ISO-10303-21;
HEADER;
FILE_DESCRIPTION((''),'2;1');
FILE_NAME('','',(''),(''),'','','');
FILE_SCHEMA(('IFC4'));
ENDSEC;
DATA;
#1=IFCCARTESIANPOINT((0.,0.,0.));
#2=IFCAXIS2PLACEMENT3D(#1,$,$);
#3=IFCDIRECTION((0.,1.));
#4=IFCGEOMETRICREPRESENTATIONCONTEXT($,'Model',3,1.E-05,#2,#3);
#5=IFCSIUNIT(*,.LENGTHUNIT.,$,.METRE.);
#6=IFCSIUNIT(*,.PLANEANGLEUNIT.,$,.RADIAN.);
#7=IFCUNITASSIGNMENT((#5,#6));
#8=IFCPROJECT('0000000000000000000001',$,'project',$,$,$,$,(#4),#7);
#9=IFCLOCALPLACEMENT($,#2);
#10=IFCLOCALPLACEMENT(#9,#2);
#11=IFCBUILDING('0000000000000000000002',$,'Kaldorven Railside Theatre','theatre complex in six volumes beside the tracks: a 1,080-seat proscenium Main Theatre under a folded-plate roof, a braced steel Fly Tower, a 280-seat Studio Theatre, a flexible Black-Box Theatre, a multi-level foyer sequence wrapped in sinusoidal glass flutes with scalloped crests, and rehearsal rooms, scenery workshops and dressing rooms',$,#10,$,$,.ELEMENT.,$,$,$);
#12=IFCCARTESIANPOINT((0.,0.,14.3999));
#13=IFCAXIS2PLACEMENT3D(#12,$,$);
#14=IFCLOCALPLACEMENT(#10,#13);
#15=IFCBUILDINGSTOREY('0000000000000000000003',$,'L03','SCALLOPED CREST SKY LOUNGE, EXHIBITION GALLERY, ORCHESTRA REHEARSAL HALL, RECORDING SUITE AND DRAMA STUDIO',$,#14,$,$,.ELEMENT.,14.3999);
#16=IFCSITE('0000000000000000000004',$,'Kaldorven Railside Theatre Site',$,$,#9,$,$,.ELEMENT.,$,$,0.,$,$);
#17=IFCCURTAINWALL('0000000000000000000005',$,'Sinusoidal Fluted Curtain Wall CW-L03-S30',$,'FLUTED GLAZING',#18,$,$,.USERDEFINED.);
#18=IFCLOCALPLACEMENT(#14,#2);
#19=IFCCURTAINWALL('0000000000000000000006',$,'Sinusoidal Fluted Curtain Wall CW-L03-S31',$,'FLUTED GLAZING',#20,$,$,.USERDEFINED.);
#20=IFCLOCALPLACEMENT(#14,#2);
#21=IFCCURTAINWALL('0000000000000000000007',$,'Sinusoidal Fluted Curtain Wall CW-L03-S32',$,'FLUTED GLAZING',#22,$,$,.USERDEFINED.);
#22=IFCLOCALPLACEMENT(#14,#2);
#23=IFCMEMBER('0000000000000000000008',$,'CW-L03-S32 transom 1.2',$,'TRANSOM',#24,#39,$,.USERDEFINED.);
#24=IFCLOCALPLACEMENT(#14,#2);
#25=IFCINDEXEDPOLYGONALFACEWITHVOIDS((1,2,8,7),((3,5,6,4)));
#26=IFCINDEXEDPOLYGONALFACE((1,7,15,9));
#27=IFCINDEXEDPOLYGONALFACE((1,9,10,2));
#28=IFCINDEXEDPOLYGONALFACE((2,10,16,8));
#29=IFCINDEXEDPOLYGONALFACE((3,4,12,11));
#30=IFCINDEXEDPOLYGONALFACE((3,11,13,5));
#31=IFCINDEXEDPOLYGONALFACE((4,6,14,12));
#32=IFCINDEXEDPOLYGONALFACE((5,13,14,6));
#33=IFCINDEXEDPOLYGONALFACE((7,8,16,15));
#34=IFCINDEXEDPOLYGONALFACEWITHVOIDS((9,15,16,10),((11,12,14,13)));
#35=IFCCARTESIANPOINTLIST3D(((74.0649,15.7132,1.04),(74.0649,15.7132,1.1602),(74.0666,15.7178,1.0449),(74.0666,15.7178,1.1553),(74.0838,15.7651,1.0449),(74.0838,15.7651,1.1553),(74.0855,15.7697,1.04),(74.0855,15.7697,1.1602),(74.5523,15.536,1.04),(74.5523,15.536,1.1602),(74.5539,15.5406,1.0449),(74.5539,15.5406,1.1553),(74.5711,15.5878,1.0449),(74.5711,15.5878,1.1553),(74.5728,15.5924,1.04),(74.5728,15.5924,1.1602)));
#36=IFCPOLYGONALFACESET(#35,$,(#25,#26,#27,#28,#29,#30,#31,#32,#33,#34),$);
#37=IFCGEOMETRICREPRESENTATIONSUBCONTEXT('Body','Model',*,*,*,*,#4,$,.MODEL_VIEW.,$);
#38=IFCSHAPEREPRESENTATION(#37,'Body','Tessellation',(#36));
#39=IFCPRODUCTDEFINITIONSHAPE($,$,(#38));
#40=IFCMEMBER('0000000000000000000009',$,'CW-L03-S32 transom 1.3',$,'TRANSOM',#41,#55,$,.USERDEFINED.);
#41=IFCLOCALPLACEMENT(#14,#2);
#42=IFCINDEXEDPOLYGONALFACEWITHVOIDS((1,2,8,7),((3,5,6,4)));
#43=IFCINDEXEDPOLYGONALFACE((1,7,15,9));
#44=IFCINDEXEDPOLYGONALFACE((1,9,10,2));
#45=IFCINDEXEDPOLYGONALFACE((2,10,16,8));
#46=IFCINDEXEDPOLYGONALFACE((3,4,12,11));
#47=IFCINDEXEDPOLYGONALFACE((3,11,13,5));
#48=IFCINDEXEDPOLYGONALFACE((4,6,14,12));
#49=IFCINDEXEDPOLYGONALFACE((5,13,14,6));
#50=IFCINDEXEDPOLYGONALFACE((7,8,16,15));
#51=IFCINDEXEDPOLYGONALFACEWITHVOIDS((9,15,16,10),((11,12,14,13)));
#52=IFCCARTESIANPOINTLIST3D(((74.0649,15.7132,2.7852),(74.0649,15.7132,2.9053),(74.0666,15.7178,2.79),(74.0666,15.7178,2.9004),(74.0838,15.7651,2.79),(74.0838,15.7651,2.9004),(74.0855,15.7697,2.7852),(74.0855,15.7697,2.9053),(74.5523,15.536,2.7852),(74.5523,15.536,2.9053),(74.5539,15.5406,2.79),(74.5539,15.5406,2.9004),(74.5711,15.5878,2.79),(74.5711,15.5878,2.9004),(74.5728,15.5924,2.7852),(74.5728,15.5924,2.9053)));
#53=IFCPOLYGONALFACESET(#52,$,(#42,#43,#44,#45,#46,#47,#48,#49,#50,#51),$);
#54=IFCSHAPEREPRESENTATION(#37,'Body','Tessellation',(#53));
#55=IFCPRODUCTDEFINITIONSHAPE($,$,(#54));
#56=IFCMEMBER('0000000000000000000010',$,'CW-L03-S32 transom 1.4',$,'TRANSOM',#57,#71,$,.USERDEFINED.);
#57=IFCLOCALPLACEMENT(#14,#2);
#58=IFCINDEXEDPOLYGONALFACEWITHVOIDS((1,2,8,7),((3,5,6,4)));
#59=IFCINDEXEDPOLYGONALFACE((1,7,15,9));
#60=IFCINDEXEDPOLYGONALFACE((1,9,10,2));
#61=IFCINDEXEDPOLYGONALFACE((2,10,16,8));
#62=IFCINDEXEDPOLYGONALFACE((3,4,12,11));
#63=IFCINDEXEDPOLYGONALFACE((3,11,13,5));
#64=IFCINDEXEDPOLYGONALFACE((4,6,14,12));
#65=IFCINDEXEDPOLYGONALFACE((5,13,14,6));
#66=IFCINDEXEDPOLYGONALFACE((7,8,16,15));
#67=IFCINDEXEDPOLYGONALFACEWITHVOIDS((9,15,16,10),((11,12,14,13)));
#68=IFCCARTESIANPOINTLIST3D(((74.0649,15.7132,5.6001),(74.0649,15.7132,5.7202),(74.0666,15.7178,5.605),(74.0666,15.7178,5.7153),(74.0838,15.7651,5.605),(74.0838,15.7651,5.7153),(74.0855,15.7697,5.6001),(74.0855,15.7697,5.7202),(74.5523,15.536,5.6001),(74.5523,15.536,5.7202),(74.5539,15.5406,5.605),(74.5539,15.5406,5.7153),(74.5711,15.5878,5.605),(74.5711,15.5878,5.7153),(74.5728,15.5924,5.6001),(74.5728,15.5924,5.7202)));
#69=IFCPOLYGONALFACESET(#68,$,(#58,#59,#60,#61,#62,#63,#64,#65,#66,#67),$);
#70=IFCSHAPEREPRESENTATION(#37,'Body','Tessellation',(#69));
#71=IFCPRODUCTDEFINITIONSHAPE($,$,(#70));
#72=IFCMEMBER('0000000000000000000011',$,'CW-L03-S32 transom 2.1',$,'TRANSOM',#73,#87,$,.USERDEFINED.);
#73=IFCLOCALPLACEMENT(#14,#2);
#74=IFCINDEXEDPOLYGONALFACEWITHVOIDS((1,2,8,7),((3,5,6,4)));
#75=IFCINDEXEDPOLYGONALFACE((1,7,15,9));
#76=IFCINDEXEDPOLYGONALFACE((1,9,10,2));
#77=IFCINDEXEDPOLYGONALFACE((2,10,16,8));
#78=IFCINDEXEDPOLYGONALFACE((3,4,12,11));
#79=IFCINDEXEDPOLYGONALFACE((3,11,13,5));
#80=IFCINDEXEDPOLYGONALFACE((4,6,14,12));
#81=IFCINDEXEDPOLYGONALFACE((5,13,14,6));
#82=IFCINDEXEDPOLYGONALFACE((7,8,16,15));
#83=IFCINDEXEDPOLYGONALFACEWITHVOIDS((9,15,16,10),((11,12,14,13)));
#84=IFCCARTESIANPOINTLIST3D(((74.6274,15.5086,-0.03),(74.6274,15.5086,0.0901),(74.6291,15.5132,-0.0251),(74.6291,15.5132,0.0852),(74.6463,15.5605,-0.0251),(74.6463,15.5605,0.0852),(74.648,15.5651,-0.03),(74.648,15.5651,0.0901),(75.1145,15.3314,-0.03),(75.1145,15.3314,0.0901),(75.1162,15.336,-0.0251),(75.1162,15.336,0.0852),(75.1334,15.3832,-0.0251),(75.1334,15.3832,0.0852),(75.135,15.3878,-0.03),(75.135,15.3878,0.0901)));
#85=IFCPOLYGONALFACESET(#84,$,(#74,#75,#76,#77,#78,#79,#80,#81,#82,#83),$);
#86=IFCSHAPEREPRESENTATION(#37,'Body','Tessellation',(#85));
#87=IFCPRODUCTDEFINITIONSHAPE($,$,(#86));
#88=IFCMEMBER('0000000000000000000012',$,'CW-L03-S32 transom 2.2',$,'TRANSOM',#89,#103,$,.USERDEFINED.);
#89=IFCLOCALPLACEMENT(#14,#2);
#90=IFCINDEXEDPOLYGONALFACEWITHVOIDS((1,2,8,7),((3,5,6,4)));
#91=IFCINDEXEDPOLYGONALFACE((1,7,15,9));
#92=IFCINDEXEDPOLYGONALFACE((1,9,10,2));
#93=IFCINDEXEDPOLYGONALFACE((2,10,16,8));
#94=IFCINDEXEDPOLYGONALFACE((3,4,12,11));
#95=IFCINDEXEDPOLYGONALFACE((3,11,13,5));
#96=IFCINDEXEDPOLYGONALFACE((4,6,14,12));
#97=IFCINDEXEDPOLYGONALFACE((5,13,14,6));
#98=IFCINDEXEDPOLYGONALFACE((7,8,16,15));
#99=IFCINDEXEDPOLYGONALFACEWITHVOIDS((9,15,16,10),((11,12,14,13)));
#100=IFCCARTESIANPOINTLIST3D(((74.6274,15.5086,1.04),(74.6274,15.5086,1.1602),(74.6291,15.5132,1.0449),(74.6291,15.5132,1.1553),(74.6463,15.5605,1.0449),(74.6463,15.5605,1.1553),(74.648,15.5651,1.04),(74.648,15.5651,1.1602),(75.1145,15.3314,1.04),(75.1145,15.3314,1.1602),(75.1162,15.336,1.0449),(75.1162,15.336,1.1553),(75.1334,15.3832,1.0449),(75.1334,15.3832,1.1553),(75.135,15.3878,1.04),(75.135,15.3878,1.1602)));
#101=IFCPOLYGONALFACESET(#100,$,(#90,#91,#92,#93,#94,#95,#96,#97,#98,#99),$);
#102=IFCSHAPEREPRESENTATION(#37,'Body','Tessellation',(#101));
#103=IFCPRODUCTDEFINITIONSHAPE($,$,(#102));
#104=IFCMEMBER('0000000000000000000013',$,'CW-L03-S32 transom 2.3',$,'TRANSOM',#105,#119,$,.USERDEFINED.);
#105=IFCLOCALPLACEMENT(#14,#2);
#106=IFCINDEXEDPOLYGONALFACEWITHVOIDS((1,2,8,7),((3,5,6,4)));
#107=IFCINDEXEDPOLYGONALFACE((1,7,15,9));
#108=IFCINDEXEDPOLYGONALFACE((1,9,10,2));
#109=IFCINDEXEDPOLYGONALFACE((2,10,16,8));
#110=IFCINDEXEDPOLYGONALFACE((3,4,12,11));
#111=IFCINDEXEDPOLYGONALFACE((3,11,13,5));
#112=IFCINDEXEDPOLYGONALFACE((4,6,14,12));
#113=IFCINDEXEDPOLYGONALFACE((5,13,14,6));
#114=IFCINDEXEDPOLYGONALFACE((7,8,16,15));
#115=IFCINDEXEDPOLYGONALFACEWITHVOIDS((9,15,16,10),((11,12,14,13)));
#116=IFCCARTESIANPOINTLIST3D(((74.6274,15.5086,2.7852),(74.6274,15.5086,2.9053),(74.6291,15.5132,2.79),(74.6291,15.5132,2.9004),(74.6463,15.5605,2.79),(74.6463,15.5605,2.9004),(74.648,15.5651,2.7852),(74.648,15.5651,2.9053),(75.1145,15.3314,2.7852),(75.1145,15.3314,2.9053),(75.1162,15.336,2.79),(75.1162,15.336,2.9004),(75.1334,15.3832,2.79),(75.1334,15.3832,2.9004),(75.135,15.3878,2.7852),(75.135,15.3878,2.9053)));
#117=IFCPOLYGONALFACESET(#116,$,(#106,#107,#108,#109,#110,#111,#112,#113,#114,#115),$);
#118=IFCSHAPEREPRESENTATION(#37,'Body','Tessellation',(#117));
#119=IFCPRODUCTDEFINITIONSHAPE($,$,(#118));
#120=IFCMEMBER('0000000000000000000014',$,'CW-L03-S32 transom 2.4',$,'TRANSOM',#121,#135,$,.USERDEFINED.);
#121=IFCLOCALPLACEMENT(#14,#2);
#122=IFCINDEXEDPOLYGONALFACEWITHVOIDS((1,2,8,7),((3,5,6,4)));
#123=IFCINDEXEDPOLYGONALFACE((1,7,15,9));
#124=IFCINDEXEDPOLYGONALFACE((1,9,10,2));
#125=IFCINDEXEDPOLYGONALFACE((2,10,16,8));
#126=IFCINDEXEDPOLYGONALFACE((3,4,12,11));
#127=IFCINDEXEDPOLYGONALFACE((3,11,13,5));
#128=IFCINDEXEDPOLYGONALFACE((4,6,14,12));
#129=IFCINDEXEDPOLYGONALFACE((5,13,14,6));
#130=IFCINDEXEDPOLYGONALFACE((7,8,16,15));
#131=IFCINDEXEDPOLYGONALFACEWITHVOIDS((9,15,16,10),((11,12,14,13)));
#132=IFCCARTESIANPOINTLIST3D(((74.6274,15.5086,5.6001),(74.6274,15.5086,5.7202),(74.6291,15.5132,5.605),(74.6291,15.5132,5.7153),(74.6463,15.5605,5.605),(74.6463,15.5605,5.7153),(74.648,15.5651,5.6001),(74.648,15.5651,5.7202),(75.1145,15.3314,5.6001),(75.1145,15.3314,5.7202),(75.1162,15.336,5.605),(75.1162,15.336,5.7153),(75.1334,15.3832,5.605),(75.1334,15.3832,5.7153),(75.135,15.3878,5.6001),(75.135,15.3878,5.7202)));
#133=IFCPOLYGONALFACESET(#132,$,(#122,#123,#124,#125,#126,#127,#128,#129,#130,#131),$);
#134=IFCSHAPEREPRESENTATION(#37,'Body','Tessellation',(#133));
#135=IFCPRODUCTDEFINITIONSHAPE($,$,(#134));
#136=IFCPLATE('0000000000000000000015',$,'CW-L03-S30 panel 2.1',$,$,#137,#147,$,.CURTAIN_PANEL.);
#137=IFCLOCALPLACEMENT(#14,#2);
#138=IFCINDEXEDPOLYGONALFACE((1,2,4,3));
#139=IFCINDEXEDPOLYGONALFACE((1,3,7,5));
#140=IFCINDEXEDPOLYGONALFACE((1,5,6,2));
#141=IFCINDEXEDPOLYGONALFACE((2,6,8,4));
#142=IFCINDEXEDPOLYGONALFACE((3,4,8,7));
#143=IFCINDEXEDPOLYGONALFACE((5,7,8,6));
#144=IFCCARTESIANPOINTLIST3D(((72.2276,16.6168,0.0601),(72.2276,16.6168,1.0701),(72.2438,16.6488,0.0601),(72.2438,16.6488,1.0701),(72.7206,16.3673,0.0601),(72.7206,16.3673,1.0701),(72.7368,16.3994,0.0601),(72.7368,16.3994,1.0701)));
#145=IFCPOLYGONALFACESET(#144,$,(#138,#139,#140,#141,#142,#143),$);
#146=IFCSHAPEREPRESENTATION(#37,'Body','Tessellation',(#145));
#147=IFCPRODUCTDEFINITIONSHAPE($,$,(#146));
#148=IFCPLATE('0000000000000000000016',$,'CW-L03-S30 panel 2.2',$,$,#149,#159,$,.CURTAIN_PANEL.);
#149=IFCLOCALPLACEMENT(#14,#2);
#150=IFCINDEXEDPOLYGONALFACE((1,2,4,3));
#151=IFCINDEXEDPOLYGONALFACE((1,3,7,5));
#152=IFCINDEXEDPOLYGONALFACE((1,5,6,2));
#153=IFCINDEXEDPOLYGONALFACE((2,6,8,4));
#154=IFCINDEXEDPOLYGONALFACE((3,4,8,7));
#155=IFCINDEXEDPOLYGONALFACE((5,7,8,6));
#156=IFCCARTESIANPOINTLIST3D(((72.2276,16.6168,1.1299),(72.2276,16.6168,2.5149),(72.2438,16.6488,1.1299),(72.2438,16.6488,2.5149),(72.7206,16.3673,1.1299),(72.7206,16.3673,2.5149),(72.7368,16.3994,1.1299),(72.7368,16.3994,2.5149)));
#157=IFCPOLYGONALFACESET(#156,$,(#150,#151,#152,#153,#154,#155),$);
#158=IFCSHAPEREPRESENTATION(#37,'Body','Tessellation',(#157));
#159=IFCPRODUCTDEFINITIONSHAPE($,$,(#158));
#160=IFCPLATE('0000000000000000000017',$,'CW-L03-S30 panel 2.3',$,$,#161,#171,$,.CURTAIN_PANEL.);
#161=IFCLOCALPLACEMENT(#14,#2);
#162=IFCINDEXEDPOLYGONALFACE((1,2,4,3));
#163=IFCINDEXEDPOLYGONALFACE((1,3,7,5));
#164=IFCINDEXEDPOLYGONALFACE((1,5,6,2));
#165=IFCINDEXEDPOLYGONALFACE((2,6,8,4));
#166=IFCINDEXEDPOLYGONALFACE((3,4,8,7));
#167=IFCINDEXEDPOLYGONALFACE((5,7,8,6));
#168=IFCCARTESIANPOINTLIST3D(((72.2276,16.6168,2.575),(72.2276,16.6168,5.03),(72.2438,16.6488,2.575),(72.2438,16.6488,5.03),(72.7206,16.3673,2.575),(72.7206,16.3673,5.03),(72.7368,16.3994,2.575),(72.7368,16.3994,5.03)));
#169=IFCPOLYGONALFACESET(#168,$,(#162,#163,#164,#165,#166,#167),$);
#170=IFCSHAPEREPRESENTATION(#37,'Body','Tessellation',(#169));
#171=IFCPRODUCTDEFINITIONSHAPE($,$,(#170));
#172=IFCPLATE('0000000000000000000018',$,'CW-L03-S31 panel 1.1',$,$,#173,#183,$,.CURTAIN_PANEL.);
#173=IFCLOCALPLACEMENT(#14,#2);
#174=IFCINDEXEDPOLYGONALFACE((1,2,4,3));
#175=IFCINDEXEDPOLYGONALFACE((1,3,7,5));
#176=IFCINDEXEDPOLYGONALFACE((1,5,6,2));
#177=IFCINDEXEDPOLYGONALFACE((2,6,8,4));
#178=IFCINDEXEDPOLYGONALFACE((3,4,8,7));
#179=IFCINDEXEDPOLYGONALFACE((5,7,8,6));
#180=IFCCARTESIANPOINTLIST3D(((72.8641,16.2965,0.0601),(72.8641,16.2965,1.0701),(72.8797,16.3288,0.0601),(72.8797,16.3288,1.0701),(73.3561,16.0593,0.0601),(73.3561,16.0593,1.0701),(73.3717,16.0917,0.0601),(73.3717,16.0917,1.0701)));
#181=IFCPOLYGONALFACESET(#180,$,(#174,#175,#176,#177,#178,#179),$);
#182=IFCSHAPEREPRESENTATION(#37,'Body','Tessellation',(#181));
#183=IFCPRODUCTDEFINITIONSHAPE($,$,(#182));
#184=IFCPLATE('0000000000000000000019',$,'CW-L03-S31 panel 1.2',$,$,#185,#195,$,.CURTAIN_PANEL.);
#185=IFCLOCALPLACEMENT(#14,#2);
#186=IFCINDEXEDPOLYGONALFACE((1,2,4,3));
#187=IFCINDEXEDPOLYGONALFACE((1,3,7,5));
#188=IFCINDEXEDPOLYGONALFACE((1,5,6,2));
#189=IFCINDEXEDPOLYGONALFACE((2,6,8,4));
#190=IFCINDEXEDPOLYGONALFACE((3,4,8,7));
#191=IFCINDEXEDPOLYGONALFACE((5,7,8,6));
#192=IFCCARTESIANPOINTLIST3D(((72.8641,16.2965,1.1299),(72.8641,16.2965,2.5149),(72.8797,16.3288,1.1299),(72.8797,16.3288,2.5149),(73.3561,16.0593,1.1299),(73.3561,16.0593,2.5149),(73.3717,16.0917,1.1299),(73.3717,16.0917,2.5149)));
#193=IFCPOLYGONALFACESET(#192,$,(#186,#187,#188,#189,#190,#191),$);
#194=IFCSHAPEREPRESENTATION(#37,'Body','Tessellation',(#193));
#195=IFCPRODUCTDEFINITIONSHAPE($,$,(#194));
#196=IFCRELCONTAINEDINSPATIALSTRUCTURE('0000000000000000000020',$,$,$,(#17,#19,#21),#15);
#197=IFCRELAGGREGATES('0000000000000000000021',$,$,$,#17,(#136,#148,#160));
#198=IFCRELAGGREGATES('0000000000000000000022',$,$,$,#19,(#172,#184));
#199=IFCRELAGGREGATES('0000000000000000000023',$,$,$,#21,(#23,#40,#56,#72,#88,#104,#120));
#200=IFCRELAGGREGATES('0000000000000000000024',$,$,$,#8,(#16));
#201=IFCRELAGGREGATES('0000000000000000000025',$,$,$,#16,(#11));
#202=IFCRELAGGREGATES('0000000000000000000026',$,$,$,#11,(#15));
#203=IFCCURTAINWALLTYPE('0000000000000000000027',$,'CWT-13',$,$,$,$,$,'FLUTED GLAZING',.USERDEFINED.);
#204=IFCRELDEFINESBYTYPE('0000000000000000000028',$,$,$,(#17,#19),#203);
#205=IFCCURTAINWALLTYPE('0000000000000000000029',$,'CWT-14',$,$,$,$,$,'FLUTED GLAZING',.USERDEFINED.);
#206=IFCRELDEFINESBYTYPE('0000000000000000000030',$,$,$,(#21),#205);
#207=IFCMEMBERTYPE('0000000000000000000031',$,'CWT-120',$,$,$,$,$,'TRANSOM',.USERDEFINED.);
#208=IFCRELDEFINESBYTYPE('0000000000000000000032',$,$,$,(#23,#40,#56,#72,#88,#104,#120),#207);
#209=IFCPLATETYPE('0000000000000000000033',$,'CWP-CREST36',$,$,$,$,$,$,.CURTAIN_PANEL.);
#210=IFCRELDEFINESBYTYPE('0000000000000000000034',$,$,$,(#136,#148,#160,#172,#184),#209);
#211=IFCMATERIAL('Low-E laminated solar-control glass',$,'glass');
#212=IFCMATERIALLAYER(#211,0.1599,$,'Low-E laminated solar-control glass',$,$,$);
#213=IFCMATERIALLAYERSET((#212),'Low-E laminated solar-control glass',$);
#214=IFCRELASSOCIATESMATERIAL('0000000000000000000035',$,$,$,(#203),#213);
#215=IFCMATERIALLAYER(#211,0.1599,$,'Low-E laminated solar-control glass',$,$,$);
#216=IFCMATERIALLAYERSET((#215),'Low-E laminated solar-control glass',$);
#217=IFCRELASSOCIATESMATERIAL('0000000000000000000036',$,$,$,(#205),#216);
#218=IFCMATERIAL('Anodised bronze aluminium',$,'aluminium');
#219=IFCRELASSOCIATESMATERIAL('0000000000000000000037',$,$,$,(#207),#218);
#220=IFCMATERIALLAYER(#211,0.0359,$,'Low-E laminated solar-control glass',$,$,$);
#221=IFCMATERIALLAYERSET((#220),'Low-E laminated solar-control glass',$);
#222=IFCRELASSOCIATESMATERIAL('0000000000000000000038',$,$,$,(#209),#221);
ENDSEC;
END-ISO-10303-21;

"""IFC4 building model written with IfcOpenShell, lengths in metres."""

from ifc_helpers import new_model, si_unit, direction, frame, origin, origin_2d, place, context, subcontext, project, spatial, rectangle, hollow_rectangle, extrude, material, layer, layer_set, material_profile, profile_set, type_object, element, aggregate, save


model = new_model("IFC4")

# Units and contexts
model_context = context("Model", 3, precision=1e-05, world=origin(), true_north=direction((0.0, 1.0)))
body_context = subcontext(model_context, "Body", "Model", "MODEL_VIEW")
ifc_project = project(units=[si_unit("LENGTHUNIT", "METRE"), si_unit("PLANEANGLEUNIT", "RADIAN")], contexts=[model_context])

# Site, building, storey
site_placement = place(None, origin())
site = spatial("IfcSite", under=ifc_project, at=site_placement, Name="Kaldorven Railside Theatre Site", CompositionType="ELEMENT", RefElevation=0.0)
building_placement = place(site_placement, origin())
building = spatial("IfcBuilding", under=site, at=building_placement, Name="Kaldorven Railside Theatre", Description="theatre complex in six volumes beside the tracks: a 1,080-seat proscenium Main Theatre under a folded-plate roof, a braced steel Fly Tower, a 280-seat Studio Theatre, a flexible Black-Box Theatre, a multi-level foyer sequence wrapped in sinusoidal glass flutes with scalloped crests, and rehearsal rooms, scenery workshops and dressing rooms", CompositionType="ELEMENT")
storey_placement = place(building_placement, frame((0.0, 0.0, 14.3999)))
storey = spatial("IfcBuildingStorey", under=building, at=storey_placement, Name="L03", Description="SCALLOPED CREST SKY LOUNGE, EXHIBITION GALLERY, ORCHESTRA REHEARSAL HALL, RECORDING SUITE AND DRAMA STUDIO", CompositionType="ELEMENT", Elevation=14.3999)

# Curtain wall
ifc_material_1 = material(Name="Low-E laminated solar-control glass", Category="glass")
ifc_layer_1 = layer(ifc_material_1, 0.1599, Name="Low-E laminated solar-control glass")
ifc_layer_set_1 = layer_set([ifc_layer_1], Name="Low-E laminated solar-control glass")
curtain_wall_type_1 = type_object("IfcCurtainWallType", Name="CWT-13", ElementType="FLUTED GLAZING", PredefinedType="USERDEFINED", material=ifc_layer_set_1)
curtain_wall_1_placement = place(storey_placement, origin())
curtain_wall_1 = element("IfcCurtainWall", 1, at=curtain_wall_1_placement, inside=storey, type_object=curtain_wall_type_1, Name="Sinusoidal Fluted Curtain Wall CW-L03-S30", ObjectType="FLUTED GLAZING", PredefinedType="USERDEFINED")
ifc_material_2 = material(Name="Anodised bronze aluminium", Category="aluminium")

# Curtain walls
curtain_wall_2_placement = place(storey_placement, origin())
curtain_wall_2 = element("IfcCurtainWall", 2, at=curtain_wall_2_placement, inside=storey, type_object=curtain_wall_type_1, Name="Sinusoidal Fluted Curtain Wall CW-L03-S31", ObjectType="FLUTED GLAZING", PredefinedType="USERDEFINED")
ifc_layer_2 = layer(ifc_material_1, 0.1599, Name="Low-E laminated solar-control glass")
ifc_layer_set_2 = layer_set([ifc_layer_2], Name="Low-E laminated solar-control glass")
curtain_wall_type_2 = type_object("IfcCurtainWallType", Name="CWT-14", ElementType="FLUTED GLAZING", PredefinedType="USERDEFINED", material=ifc_layer_set_2)
curtain_wall_3_placement = place(storey_placement, origin())
curtain_wall_3 = element("IfcCurtainWall", 3, at=curtain_wall_3_placement, inside=storey, type_object=curtain_wall_type_2, Name="Sinusoidal Fluted Curtain Wall CW-L03-S32", ObjectType="FLUTED GLAZING", PredefinedType="USERDEFINED")

# Members
ifc_material_profile_1 = material_profile(ifc_material_2, hollow_rectangle(XDim=0.0601, YDim=0.1201, WallThickness=0.0049, at=origin_2d()), Name="RHS 120x60x5")
ifc_profile_set_1 = profile_set([ifc_material_profile_1], Name="Anodised bronze aluminium")
member_type_1 = type_object("IfcMemberType", Name="CWT-120", ElementType="TRANSOM", PredefinedType="USERDEFINED", material=ifc_profile_set_1)
member_1_placement = place(storey_placement, frame((74.0752, 15.7415, 1.1001), z_axis=(0.939766, -0.341819, 0.0), x_axis=(0.341819, 0.939766, 0.0)))
member_1 = element("IfcMember", 4, at=member_1_placement, type_object=member_type_1, Name="CW-L03-S32 transom 1.2", ObjectType="TRANSOM", PredefinedType="USERDEFINED", context=body_context, shape_type="SweptSolid", body=[
    extrude(hollow_rectangle(XDim=0.0601, YDim=0.1201, WallThickness=0.0049, at=origin_2d()), origin(), (0.0, 0.0, 1.0), 0.5186),
])
member_2_placement = place(storey_placement, frame((74.0752, 15.7415, 2.8452), z_axis=(0.939766, -0.341819, 0.0), x_axis=(0.341819, 0.939766, 0.0)))
member_2 = element("IfcMember", 5, at=member_2_placement, type_object=member_type_1, Name="CW-L03-S32 transom 1.3", ObjectType="TRANSOM", PredefinedType="USERDEFINED", context=body_context, shape_type="SweptSolid", body=[
    extrude(hollow_rectangle(XDim=0.0601, YDim=0.1201, WallThickness=0.0049, at=origin_2d()), origin(), (0.0, 0.0, 1.0), 0.5186),
])
member_3_placement = place(storey_placement, frame((74.0752, 15.7415, 5.6602), z_axis=(0.939766, -0.341819, 0.0), x_axis=(0.341819, 0.939766, 0.0)))
member_3 = element("IfcMember", 6, at=member_3_placement, type_object=member_type_1, Name="CW-L03-S32 transom 1.4", ObjectType="TRANSOM", PredefinedType="USERDEFINED", context=body_context, shape_type="SweptSolid", body=[
    extrude(hollow_rectangle(XDim=0.0601, YDim=0.1201, WallThickness=0.0049, at=origin_2d()), origin(), (0.0, 0.0, 1.0), 0.5186),
])
member_4_placement = place(storey_placement, frame((74.6377, 15.5369, 0.03), z_axis=(0.939711, -0.34197, 0.0), x_axis=(0.34197, 0.939711, 0.0)))
member_4 = element("IfcMember", 7, at=member_4_placement, type_object=member_type_1, Name="CW-L03-S32 transom 2.1", ObjectType="TRANSOM", PredefinedType="USERDEFINED", context=body_context, shape_type="SweptSolid", body=[
    extrude(hollow_rectangle(XDim=0.0601, YDim=0.1201, WallThickness=0.0049, at=origin_2d()), origin(), (0.0, 0.0, 1.0), 0.5183),
])
member_5_placement = place(storey_placement, frame((74.6377, 15.5369, 1.1001), z_axis=(0.939711, -0.34197, 0.0), x_axis=(0.34197, 0.939711, 0.0)))
member_5 = element("IfcMember", 8, at=member_5_placement, type_object=member_type_1, Name="CW-L03-S32 transom 2.2", ObjectType="TRANSOM", PredefinedType="USERDEFINED", context=body_context, shape_type="SweptSolid", body=[
    extrude(hollow_rectangle(XDim=0.0601, YDim=0.1201, WallThickness=0.0049, at=origin_2d()), origin(), (0.0, 0.0, 1.0), 0.5183),
])
member_6_placement = place(storey_placement, frame((74.6377, 15.5369, 2.8452), z_axis=(0.939711, -0.34197, 0.0), x_axis=(0.34197, 0.939711, 0.0)))
member_6 = element("IfcMember", 9, at=member_6_placement, type_object=member_type_1, Name="CW-L03-S32 transom 2.3", ObjectType="TRANSOM", PredefinedType="USERDEFINED", context=body_context, shape_type="SweptSolid", body=[
    extrude(hollow_rectangle(XDim=0.0601, YDim=0.1201, WallThickness=0.0049, at=origin_2d()), origin(), (0.0, 0.0, 1.0), 0.5183),
])
member_7_placement = place(storey_placement, frame((74.6377, 15.5369, 5.6602), z_axis=(0.939711, -0.34197, 0.0), x_axis=(0.34197, 0.939711, 0.0)))
member_7 = element("IfcMember", 10, at=member_7_placement, type_object=member_type_1, Name="CW-L03-S32 transom 2.4", ObjectType="TRANSOM", PredefinedType="USERDEFINED", context=body_context, shape_type="SweptSolid", body=[
    extrude(hollow_rectangle(XDim=0.0601, YDim=0.1201, WallThickness=0.0049, at=origin_2d()), origin(), (0.0, 0.0, 1.0), 0.5183),
])

# Plates
ifc_layer_3 = layer(ifc_material_1, 0.0359, Name="Low-E laminated solar-control glass")
ifc_layer_set_3 = layer_set([ifc_layer_3], Name="Low-E laminated solar-control glass")
plate_type = type_object("IfcPlateType", Name="CWP-CREST36", PredefinedType="CURTAIN_PANEL", material=ifc_layer_set_3)
plate_1_placement = place(storey_placement, frame((72.4822, 16.5081, 0.0601), z_axis=(0.0, 0.0, 1.0), x_axis=(0.892305, -0.451432, 0.0)))
plate_1 = element("IfcPlate", 11, at=plate_1_placement, type_object=plate_type, Name="CW-L03-S30 panel 2.1", PredefinedType="CURTAIN_PANEL", context=body_context, shape_type="SweptSolid", body=[
    extrude(rectangle(XDim=0.5525, YDim=0.0359, at=origin_2d()), origin(), (0.0, 0.0, 1.0), 1.01),
])
plate_2_placement = place(storey_placement, frame((72.4822, 16.5081, 1.1299), z_axis=(0.0, 0.0, 1.0), x_axis=(0.892305, -0.451432, 0.0)))
plate_2 = element("IfcPlate", 12, at=plate_2_placement, type_object=plate_type, Name="CW-L03-S30 panel 2.2", PredefinedType="CURTAIN_PANEL", context=body_context, shape_type="SweptSolid", body=[
    extrude(rectangle(XDim=0.5525, YDim=0.0359, at=origin_2d()), origin(), (0.0, 0.0, 1.0), 1.385),
])
plate_3_placement = place(storey_placement, frame((72.4822, 16.5081, 2.575), z_axis=(0.0, 0.0, 1.0), x_axis=(0.892305, -0.451432, 0.0)))
plate_3 = element("IfcPlate", 13, at=plate_3_placement, type_object=plate_type, Name="CW-L03-S30 panel 2.3", PredefinedType="CURTAIN_PANEL", context=body_context, shape_type="SweptSolid", body=[
    extrude(rectangle(XDim=0.5525, YDim=0.0359, at=origin_2d()), origin(), (0.0, 0.0, 1.0), 2.4551),
])
aggregate(curtain_wall_1, [plate_1, plate_2, plate_3])
plate_4_placement = place(storey_placement, frame((73.1179, 16.1941, 0.0601), z_axis=(0.0, 0.0, 1.0), x_axis=(0.90079, -0.434256, 0.0)))
plate_4 = element("IfcPlate", 14, at=plate_4_placement, type_object=plate_type, Name="CW-L03-S31 panel 1.1", PredefinedType="CURTAIN_PANEL", context=body_context, shape_type="SweptSolid", body=[
    extrude(rectangle(XDim=0.5461, YDim=0.0359, at=origin_2d()), origin(), (0.0, 0.0, 1.0), 1.01),
])
plate_5_placement = place(storey_placement, frame((73.1179, 16.1941, 1.1299), z_axis=(0.0, 0.0, 1.0), x_axis=(0.90079, -0.434256, 0.0)))
plate_5 = element("IfcPlate", 15, at=plate_5_placement, type_object=plate_type, Name="CW-L03-S31 panel 1.2", PredefinedType="CURTAIN_PANEL", context=body_context, shape_type="SweptSolid", body=[
    extrude(rectangle(XDim=0.5461, YDim=0.0359, at=origin_2d()), origin(), (0.0, 0.0, 1.0), 1.385),
])
aggregate(curtain_wall_2, [plate_4, plate_5])
aggregate(curtain_wall_3, [member_1, member_2, member_3, member_4, member_5, member_6, member_7])

save(model, "model.ifc")
